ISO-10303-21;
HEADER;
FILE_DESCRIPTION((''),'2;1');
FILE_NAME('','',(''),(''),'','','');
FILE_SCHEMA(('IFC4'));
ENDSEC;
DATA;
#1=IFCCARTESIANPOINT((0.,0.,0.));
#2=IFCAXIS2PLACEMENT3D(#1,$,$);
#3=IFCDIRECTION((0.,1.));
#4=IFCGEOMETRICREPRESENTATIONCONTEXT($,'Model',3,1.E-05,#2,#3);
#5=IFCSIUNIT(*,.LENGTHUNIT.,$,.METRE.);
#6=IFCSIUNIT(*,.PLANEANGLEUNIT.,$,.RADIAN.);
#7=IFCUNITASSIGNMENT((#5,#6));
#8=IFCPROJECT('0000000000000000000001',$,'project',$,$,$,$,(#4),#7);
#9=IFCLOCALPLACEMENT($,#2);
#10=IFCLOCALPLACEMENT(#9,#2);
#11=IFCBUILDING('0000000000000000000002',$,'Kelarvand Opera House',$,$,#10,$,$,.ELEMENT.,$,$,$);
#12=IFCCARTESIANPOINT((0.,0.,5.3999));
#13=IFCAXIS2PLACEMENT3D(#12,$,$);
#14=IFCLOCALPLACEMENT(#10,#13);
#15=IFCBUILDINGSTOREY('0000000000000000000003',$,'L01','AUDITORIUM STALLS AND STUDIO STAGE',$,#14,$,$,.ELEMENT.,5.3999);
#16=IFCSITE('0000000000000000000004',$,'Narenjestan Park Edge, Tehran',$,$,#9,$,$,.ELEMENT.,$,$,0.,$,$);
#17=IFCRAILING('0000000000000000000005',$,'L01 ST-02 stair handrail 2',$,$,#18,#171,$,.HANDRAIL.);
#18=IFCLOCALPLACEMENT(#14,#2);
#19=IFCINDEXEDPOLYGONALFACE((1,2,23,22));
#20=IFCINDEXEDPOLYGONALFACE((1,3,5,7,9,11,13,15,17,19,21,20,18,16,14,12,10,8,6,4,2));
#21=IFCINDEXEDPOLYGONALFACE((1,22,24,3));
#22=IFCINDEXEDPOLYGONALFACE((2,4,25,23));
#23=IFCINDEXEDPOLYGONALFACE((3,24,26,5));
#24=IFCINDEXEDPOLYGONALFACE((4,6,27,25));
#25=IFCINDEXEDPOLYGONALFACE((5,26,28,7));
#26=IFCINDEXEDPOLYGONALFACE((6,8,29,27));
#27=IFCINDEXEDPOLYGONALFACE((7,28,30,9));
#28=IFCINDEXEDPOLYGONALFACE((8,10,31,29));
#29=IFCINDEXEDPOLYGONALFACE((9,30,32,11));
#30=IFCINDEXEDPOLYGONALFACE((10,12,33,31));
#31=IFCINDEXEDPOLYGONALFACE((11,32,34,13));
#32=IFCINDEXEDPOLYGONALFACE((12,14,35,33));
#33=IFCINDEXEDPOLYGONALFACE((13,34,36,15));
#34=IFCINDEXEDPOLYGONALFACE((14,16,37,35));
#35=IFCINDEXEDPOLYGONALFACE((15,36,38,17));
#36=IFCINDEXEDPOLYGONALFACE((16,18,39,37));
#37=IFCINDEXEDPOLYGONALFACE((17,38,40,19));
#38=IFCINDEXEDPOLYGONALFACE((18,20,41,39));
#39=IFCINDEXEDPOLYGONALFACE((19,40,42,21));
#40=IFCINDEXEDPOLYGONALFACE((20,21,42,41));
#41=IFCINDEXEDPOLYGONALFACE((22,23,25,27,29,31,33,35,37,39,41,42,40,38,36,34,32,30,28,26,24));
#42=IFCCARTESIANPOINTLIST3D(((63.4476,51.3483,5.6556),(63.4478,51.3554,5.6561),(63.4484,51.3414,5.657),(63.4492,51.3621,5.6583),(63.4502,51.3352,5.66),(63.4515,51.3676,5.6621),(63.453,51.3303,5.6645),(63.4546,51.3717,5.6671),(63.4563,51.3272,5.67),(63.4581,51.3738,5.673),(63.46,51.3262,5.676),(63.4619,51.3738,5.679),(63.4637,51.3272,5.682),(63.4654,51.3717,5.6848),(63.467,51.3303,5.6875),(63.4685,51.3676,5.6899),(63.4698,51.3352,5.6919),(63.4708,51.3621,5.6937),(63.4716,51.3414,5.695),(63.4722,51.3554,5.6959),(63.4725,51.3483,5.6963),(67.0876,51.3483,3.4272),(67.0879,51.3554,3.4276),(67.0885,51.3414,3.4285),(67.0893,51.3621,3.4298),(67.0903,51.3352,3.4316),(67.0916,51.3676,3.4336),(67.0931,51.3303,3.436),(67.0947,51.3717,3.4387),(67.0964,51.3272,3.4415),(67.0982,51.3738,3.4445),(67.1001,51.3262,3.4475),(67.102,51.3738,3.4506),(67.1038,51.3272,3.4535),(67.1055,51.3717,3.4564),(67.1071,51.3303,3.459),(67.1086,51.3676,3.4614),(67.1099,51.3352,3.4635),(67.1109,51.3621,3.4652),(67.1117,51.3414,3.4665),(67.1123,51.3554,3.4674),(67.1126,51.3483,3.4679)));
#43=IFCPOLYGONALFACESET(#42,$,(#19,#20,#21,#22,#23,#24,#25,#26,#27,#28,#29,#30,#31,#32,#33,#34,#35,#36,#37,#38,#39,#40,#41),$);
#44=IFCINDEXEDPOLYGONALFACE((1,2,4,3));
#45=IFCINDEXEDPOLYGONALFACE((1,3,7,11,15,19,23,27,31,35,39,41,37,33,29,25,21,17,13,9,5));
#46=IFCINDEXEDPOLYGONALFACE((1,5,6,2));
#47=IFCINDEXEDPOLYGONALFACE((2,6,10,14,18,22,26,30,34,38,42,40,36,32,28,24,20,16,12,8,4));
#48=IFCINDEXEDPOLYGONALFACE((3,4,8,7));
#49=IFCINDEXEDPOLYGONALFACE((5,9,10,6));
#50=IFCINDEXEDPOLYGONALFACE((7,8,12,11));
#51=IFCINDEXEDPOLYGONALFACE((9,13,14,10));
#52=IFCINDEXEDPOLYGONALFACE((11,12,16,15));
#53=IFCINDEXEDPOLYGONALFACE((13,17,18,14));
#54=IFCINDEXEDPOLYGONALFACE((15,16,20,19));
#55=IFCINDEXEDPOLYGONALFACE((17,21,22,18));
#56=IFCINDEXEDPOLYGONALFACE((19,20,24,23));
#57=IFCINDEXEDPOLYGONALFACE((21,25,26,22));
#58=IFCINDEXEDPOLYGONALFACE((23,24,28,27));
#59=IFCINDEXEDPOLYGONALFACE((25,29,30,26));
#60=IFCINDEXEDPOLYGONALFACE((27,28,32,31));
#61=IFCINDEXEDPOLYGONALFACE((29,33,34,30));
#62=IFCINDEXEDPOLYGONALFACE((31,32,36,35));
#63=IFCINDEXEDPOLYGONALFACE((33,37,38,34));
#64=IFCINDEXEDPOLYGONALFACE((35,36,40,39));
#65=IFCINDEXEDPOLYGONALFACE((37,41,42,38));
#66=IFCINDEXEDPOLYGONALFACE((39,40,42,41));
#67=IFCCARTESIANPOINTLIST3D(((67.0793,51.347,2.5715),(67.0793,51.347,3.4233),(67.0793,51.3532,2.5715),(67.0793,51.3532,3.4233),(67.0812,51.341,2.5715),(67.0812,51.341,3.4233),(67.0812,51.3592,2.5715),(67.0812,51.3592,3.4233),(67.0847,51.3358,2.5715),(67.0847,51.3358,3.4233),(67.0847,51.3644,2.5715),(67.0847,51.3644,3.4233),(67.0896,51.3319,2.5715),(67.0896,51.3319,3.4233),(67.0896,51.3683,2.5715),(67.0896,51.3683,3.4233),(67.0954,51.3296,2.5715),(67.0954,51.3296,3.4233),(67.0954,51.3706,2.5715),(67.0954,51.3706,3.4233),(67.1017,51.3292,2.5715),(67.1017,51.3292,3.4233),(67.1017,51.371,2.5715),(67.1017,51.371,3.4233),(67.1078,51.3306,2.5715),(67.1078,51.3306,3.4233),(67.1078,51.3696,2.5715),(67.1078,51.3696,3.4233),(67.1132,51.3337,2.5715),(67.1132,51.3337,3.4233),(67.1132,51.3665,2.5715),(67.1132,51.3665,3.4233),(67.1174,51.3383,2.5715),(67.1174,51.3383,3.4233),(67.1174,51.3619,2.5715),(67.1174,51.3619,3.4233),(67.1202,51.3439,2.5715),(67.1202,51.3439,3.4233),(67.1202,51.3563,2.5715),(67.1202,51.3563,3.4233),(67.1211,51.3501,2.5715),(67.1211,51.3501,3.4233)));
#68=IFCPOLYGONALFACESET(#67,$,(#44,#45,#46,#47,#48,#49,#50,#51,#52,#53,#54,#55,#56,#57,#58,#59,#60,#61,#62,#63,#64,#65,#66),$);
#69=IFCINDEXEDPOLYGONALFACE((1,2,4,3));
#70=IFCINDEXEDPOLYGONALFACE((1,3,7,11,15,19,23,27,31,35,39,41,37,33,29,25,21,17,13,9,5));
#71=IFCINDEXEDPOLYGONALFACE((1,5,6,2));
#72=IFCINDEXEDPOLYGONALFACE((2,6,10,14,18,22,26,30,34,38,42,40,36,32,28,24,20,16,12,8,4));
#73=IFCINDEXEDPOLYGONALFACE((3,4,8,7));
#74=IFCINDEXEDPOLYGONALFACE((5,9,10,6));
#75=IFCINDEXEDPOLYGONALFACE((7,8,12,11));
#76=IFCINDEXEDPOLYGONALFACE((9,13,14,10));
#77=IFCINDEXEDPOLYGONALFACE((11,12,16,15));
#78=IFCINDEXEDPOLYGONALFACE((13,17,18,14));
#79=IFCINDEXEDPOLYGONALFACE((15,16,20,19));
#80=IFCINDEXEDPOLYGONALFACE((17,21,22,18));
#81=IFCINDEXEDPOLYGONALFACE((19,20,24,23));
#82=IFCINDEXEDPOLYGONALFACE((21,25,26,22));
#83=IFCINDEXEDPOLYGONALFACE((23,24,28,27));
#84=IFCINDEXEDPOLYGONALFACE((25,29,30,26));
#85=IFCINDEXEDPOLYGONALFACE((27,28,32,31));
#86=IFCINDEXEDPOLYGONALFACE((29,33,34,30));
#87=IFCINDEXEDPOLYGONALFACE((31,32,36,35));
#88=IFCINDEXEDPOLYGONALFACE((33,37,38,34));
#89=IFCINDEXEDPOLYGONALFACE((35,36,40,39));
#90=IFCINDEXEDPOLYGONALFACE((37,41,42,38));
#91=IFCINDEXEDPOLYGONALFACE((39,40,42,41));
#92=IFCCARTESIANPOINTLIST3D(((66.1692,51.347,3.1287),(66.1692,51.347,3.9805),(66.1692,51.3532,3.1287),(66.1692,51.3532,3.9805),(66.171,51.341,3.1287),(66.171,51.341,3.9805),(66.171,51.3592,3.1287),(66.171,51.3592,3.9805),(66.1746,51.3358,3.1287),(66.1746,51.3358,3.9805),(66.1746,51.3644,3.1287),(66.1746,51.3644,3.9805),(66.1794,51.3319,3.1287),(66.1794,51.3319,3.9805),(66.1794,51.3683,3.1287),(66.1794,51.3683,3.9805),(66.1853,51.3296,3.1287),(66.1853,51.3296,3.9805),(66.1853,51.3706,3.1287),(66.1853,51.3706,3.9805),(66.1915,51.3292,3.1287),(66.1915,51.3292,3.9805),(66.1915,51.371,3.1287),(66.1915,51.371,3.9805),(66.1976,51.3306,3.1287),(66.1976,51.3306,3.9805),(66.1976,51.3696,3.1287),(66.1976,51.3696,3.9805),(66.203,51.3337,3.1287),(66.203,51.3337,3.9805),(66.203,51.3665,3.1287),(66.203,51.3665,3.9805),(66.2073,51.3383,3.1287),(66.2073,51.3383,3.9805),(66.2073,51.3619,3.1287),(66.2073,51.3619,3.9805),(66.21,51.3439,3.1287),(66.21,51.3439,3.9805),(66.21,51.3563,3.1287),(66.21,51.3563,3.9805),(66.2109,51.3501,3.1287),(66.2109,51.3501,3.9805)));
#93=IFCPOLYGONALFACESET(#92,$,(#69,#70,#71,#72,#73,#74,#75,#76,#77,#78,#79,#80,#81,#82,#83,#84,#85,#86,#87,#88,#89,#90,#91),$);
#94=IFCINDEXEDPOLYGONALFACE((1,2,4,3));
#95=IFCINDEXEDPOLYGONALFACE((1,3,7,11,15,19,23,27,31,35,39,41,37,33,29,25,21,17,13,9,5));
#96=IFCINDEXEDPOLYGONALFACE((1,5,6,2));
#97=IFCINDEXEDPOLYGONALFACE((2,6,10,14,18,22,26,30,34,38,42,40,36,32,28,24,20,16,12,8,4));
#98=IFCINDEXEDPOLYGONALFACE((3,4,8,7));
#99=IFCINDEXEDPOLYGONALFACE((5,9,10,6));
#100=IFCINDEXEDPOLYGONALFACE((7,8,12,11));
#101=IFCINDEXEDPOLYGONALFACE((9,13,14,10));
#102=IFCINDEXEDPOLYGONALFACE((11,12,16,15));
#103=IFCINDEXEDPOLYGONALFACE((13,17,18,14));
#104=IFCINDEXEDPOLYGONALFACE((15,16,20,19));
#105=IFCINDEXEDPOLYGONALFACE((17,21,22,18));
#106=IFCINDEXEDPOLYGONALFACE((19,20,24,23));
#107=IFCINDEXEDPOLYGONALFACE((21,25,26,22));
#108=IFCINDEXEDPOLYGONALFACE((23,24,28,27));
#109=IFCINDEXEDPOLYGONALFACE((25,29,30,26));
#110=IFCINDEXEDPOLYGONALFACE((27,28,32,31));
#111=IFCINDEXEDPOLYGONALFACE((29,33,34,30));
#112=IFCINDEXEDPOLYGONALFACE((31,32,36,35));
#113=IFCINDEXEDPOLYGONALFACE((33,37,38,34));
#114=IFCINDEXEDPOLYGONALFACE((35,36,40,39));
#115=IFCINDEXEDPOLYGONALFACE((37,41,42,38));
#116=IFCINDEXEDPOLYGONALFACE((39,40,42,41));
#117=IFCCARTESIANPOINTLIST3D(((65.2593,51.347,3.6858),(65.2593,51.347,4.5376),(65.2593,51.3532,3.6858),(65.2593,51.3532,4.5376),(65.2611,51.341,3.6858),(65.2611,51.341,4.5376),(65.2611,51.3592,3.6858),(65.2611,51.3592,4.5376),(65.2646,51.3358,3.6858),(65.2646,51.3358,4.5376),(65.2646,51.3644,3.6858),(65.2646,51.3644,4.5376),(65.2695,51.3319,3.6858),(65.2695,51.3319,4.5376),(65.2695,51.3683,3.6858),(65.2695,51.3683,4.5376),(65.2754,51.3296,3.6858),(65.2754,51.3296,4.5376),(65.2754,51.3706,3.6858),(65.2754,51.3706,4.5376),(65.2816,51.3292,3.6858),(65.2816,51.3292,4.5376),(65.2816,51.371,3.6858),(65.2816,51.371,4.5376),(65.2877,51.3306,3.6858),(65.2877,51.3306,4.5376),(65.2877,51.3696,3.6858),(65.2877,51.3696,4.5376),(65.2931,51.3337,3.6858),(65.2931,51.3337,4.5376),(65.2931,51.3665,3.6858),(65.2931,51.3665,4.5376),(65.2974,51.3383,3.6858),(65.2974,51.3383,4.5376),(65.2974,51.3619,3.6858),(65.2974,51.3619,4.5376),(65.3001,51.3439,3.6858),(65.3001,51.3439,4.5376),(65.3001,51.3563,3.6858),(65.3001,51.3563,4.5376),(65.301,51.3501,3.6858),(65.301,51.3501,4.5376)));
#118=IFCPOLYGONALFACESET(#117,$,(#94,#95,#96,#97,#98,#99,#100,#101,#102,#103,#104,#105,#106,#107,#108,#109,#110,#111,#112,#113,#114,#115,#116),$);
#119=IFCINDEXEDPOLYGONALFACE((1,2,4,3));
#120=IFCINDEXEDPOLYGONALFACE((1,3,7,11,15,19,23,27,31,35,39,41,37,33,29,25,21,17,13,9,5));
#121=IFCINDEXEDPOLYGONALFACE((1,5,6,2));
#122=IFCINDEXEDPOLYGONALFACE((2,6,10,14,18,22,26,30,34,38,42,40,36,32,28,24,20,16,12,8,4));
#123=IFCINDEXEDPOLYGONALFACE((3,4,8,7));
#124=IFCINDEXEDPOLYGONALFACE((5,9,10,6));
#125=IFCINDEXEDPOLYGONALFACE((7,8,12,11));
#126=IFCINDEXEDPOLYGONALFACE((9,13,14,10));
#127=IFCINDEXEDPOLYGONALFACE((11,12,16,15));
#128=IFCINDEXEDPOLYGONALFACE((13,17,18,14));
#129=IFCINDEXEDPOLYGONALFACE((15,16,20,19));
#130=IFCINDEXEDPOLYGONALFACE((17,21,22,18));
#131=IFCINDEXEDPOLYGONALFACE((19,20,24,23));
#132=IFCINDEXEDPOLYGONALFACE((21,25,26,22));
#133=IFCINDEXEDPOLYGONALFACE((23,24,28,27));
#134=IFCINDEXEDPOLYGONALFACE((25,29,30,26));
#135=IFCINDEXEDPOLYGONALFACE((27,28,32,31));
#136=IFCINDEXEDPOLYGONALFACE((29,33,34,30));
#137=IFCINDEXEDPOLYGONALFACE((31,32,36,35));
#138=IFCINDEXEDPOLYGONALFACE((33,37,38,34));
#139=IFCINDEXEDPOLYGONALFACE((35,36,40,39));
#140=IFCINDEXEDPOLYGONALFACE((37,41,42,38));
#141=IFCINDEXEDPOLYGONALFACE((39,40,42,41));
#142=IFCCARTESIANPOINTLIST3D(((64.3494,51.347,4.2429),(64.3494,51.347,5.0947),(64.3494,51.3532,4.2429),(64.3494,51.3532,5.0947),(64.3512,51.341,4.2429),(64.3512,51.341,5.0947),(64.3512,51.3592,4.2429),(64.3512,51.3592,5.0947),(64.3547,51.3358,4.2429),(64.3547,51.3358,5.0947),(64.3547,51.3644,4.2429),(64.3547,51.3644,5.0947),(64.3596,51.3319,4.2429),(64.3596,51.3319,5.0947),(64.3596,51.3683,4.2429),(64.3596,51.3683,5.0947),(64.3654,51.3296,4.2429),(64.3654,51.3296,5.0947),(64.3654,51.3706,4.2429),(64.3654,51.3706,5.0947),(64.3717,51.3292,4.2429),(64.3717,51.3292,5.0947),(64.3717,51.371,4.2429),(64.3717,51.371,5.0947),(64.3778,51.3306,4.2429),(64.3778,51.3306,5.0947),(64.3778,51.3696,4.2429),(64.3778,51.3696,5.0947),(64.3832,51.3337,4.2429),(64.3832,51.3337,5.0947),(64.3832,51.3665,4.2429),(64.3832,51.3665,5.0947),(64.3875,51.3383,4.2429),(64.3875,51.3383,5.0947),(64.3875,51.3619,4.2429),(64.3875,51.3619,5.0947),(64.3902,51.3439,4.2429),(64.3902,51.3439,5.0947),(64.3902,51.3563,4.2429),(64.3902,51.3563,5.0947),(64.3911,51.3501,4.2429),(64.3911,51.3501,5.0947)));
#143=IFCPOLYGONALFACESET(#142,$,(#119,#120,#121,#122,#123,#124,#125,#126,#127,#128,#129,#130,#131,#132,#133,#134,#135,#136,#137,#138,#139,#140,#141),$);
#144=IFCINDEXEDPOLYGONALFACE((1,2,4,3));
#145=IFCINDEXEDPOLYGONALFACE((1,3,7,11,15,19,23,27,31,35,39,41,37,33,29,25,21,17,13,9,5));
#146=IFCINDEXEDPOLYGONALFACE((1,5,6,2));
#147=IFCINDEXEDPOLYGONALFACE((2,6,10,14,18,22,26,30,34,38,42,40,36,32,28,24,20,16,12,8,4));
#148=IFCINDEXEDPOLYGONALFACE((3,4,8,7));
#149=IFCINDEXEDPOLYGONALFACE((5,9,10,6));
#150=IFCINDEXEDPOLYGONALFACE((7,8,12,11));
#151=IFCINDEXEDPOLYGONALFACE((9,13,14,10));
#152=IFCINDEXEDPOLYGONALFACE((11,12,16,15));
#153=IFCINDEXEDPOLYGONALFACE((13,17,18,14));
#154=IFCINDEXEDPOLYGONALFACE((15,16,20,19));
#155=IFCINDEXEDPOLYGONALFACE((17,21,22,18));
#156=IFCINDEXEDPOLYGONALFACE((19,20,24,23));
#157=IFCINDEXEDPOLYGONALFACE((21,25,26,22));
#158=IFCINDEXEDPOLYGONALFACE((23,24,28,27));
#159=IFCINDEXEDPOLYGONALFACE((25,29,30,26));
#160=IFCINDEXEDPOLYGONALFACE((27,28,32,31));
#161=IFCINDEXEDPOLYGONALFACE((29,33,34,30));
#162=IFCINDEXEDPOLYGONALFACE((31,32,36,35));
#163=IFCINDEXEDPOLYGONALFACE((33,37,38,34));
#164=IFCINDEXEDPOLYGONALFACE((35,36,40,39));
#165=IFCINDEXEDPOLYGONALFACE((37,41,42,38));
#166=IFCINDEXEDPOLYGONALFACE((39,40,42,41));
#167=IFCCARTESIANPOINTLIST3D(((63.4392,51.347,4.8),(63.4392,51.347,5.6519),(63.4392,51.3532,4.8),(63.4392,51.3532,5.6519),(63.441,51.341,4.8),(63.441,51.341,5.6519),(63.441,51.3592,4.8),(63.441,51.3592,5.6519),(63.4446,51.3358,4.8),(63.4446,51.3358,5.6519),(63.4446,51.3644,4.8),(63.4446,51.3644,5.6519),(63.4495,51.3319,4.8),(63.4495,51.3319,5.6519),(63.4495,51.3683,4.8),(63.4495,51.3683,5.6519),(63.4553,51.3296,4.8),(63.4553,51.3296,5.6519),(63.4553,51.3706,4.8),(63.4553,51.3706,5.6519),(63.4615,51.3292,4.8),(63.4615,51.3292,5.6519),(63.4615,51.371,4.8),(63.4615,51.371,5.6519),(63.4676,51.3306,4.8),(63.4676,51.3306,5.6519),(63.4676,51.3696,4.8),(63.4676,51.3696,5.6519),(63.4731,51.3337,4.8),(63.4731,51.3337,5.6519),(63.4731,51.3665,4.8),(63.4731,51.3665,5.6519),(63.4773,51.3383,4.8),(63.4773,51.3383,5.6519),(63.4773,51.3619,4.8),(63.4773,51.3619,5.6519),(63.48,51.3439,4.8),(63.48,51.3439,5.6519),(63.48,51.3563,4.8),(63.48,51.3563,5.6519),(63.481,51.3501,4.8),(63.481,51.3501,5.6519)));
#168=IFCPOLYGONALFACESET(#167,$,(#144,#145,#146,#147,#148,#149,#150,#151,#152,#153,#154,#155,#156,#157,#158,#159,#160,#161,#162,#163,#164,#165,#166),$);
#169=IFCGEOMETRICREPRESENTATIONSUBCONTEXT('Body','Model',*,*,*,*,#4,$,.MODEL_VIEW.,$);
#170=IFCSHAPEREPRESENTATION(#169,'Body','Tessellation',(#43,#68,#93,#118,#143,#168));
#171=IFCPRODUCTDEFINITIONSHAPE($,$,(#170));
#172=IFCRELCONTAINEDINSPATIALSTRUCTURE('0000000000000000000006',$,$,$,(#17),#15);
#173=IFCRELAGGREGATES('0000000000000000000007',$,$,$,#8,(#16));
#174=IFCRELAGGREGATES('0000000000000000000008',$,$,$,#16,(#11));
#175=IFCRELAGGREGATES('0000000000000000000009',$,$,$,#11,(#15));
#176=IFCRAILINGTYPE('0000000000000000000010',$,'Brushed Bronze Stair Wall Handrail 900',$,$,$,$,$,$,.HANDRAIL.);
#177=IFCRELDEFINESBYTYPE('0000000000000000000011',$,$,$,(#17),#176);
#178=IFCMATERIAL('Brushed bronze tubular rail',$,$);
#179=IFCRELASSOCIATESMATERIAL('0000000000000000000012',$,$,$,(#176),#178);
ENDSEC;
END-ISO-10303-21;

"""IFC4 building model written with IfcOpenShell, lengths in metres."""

from ifc_helpers import new_model, si_unit, direction, frame, origin, origin_2d, place, context, subcontext, project, spatial, circle, extrude, material, type_object, element, save


model = new_model("IFC4")

# Units and contexts
model_context = context("Model", 3, precision=1e-05, world=origin(), true_north=direction((0.0, 1.0)))
body_context = subcontext(model_context, "Body", "Model", "MODEL_VIEW")
ifc_project = project(units=[si_unit("LENGTHUNIT", "METRE"), si_unit("PLANEANGLEUNIT", "RADIAN")], contexts=[model_context])

# Site, building, storey
site_placement = place(None, origin())
site = spatial("IfcSite", under=ifc_project, at=site_placement, Name="Narenjestan Park Edge, Tehran", CompositionType="ELEMENT", RefElevation=0.0)
building_placement = place(site_placement, origin())
building = spatial("IfcBuilding", under=site, at=building_placement, Name="Kelarvand Opera House", CompositionType="ELEMENT")
storey_placement = place(building_placement, frame((0.0, 0.0, 5.3999)))
storey = spatial("IfcBuildingStorey", under=building, at=storey_placement, Name="L01", Description="AUDITORIUM STALLS AND STUDIO STAGE", CompositionType="ELEMENT", Elevation=5.3999)

# Railing
ifc_material_1 = material(Name="Brushed bronze tubular rail")
railing_type_1 = type_object("IfcRailingType", Name="Brushed Bronze Stair Wall Handrail 900", PredefinedType="HANDRAIL", material=ifc_material_1)
railing_1_placement = place(storey_placement, frame((67.1001, 51.3501, 2.5715)))
element("IfcRailing", 1, at=railing_1_placement, inside=storey, type_object=railing_type_1, Name="L01 ST-02 stair handrail 2", PredefinedType="HANDRAIL", context=body_context, shape_type="SweptSolid", body=[
    extrude(circle(Radius=0.0239, at=origin_2d()), frame((0.0, 0.0, 0.876), z_axis=(-0.852866, 0.0, 0.52213), x_axis=(0.0, -1.0, 0.0)), (0.0, 0.0, 1.0), 4.2681),
    extrude(circle(Radius=0.021, at=origin_2d()), origin(), (0.0, 0.0, 1.0), 0.8518),
    extrude(circle(Radius=0.021, at=origin_2d()), frame((-0.9102, 0.0, 0.5571)), (0.0, 0.0, 1.0), 0.8518),
    extrude(circle(Radius=0.021, at=origin_2d()), frame((-1.8201, 0.0, 1.1143)), (0.0, 0.0, 1.0), 0.8518),
    extrude(circle(Radius=0.021, at=origin_2d()), frame((-2.73, 0.0, 1.6714)), (0.0, 0.0, 1.0), 0.8518),
    extrude(circle(Radius=0.021, at=origin_2d()), frame((-3.6401, 0.0, 2.2285)), (0.0, 0.0, 1.0), 0.8518),
])

save(model, "model.ifc")
